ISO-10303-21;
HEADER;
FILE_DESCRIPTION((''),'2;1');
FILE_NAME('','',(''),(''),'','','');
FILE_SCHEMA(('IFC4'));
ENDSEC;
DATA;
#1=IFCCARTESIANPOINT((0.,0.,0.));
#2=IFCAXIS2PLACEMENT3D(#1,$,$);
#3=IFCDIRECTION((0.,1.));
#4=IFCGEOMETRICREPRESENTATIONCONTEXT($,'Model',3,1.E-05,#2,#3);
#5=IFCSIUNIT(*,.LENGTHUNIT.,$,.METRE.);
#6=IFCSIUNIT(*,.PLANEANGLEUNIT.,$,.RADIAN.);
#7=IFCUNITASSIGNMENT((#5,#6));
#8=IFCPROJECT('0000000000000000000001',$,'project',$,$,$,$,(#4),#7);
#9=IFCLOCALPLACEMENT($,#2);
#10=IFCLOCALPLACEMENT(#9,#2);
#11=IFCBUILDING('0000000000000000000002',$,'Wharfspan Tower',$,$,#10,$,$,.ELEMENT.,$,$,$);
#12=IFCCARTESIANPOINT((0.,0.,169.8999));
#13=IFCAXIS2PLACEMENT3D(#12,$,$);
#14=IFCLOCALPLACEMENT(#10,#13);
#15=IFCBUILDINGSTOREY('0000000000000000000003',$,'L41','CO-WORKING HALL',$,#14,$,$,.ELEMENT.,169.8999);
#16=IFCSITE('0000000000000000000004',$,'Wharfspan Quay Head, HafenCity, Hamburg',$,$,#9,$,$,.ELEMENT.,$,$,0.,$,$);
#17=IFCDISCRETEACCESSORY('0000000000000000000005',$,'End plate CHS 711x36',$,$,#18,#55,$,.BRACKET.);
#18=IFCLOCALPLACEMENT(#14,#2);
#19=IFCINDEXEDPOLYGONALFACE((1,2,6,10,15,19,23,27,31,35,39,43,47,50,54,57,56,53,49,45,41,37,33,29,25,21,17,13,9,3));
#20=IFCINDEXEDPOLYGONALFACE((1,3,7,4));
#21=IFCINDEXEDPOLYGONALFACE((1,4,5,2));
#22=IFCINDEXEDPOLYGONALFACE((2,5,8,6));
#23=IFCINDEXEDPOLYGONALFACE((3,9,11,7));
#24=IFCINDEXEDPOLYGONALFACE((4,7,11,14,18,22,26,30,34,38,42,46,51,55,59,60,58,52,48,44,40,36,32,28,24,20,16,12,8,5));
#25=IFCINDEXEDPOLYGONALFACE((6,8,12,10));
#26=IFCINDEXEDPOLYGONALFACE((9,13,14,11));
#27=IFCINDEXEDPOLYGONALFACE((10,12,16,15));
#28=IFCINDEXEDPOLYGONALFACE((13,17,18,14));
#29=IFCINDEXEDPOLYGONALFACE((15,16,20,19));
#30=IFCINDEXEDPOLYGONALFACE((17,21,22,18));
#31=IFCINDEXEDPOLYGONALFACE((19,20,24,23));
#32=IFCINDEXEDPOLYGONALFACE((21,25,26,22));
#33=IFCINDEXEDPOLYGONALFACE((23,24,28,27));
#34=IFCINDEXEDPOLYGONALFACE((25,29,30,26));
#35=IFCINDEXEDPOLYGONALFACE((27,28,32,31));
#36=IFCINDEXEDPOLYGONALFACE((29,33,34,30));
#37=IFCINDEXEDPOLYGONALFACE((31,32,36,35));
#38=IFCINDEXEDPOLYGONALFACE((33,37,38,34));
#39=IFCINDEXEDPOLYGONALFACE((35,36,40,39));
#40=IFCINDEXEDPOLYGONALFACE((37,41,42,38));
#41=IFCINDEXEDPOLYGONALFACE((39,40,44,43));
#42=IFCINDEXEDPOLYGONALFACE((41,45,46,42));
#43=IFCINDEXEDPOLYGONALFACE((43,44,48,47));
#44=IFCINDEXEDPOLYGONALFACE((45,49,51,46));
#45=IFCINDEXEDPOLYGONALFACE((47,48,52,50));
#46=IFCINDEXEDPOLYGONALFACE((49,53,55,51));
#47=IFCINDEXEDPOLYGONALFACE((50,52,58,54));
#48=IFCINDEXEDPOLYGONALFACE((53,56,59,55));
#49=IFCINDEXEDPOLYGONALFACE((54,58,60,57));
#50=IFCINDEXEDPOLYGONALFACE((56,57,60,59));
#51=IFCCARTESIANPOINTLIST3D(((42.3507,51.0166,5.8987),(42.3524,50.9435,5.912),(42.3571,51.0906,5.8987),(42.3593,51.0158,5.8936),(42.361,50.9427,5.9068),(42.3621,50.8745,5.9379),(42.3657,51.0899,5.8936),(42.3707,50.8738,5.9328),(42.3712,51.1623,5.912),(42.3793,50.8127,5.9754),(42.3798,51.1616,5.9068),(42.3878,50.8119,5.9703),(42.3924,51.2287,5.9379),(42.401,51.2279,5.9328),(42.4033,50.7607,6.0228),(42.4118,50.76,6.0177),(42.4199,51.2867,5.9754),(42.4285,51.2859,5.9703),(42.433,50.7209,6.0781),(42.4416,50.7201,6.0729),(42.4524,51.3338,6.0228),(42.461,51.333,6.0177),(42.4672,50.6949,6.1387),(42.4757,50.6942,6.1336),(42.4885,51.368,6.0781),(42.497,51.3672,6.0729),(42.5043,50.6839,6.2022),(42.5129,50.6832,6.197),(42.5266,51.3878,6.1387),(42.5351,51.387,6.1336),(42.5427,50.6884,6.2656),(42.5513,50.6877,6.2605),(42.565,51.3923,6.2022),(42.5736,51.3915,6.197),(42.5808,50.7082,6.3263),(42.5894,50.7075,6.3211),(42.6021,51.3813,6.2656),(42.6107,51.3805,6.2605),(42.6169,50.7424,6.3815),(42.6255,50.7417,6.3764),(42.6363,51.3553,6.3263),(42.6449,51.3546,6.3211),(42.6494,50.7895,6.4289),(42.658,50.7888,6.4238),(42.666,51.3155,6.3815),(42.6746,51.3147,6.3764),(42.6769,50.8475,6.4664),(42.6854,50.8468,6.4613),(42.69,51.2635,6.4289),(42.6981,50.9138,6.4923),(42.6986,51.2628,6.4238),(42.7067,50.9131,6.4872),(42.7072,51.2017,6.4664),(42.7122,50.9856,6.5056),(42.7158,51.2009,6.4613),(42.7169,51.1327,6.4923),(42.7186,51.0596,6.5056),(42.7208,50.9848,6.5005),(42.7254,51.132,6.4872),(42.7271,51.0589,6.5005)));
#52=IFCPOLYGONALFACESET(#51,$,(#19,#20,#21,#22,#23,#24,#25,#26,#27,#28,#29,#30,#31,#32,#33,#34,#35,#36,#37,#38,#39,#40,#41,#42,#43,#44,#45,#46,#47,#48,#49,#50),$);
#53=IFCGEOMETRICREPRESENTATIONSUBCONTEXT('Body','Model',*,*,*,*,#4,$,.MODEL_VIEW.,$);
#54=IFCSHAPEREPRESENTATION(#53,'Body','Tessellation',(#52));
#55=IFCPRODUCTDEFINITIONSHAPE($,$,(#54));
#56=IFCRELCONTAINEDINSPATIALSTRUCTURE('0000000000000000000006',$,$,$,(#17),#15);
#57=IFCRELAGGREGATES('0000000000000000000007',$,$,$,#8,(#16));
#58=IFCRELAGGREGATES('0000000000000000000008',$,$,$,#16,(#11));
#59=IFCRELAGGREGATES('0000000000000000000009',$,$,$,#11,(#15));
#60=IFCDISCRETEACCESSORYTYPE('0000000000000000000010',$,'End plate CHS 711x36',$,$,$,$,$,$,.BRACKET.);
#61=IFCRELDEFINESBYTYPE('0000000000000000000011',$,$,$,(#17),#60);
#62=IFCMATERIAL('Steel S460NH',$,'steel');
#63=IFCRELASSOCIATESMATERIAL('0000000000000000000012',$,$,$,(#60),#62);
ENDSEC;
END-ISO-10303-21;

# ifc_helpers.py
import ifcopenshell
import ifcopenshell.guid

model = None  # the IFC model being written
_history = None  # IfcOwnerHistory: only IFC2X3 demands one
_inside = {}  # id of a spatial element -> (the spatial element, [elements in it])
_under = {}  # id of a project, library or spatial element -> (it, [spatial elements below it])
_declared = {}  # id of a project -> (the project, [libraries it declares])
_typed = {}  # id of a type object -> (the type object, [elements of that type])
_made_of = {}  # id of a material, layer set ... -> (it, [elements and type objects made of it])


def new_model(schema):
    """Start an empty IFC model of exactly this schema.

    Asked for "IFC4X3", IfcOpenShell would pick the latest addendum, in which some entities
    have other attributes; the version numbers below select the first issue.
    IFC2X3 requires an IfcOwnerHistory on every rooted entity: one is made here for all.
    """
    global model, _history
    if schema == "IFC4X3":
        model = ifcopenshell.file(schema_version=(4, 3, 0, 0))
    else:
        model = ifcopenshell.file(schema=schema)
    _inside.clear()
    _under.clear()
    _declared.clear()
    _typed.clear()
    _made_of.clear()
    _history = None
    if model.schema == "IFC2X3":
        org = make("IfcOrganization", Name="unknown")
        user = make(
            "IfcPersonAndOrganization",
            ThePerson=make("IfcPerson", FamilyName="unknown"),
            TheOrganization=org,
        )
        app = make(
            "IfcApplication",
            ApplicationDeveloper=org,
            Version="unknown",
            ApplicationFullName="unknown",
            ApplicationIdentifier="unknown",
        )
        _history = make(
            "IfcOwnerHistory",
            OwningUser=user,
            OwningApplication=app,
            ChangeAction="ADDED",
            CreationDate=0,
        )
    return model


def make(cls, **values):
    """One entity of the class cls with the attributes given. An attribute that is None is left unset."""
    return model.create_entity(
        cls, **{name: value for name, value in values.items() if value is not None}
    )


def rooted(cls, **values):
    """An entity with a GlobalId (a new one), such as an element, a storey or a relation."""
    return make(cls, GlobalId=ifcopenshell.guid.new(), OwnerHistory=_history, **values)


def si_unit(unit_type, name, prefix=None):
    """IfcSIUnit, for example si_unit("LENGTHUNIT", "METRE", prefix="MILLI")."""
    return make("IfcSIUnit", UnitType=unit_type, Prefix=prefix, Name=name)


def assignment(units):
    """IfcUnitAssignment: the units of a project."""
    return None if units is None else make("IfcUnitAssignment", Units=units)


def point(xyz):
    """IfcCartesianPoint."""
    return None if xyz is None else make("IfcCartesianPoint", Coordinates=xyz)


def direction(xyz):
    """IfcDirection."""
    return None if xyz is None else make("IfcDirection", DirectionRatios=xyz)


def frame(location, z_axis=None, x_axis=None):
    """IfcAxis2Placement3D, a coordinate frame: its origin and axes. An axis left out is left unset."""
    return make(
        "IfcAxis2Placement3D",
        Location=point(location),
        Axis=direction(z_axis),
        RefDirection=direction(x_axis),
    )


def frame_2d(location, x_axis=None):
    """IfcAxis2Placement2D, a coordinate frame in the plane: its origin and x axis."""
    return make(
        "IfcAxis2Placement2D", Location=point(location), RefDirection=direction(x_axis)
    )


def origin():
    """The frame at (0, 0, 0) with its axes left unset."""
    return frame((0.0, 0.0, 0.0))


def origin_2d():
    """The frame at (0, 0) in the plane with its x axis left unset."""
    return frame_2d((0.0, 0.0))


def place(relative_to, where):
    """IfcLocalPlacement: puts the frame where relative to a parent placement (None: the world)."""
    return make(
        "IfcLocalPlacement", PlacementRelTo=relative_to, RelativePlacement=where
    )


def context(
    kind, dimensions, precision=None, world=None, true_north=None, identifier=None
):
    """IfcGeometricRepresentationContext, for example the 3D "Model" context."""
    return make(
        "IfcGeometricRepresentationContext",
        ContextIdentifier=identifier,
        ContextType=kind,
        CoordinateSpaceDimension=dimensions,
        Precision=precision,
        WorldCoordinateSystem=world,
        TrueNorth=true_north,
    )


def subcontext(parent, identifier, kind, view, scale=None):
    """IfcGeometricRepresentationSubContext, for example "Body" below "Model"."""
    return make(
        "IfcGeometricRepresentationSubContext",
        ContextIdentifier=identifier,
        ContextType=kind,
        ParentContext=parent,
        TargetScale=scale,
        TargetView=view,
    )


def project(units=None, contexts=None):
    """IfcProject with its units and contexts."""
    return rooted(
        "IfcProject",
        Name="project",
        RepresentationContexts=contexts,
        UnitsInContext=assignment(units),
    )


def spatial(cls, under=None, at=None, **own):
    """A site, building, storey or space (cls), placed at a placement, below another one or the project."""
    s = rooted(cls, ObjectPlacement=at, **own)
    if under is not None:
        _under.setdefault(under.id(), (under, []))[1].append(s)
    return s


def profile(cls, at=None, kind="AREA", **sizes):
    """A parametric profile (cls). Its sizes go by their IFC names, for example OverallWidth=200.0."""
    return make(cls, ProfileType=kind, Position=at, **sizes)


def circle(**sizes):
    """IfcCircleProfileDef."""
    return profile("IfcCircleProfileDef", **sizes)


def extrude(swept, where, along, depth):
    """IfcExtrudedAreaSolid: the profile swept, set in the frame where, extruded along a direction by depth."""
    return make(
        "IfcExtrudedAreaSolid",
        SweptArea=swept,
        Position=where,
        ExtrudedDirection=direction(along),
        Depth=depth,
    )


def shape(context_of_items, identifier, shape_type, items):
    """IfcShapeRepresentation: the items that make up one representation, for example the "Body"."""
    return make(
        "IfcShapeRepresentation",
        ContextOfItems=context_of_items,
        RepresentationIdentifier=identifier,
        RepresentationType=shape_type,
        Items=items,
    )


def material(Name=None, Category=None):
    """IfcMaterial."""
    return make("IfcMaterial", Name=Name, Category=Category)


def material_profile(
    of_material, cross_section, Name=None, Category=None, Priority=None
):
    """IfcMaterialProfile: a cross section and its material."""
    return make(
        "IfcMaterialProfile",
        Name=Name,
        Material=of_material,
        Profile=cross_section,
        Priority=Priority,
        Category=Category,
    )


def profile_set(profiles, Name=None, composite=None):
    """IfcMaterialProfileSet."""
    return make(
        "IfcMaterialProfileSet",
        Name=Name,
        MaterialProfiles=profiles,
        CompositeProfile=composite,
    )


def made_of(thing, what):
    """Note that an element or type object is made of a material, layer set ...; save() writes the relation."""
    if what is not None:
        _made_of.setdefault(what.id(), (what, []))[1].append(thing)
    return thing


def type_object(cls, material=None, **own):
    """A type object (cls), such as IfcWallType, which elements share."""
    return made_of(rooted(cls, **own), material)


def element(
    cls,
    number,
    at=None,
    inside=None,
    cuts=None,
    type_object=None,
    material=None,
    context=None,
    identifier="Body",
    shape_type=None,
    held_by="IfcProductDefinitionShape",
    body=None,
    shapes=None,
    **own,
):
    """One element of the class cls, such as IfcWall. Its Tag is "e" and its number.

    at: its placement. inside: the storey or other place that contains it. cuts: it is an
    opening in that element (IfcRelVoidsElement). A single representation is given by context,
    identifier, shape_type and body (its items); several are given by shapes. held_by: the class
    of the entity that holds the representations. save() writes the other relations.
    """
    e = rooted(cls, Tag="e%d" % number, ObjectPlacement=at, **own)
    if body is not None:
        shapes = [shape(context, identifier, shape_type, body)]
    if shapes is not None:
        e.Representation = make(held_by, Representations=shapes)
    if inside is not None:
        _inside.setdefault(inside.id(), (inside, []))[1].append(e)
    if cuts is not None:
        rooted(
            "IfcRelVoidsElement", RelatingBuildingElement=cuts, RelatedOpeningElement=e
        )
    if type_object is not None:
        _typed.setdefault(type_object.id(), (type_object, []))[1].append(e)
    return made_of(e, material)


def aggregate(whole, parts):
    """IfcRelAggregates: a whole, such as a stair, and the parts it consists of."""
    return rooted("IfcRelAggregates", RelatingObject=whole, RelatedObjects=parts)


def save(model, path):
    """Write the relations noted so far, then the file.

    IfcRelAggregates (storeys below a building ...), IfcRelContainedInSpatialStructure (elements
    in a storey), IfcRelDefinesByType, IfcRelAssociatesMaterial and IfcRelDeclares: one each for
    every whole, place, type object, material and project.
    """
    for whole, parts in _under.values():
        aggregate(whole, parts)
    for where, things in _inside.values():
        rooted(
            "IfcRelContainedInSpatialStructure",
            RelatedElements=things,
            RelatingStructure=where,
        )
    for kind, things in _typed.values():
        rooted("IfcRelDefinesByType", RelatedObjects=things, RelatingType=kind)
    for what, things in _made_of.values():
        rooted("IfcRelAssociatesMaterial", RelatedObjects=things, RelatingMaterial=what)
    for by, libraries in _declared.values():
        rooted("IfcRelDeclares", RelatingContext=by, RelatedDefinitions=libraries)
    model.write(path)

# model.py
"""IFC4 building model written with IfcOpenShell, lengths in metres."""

from ifc_helpers import new_model, si_unit, direction, frame, origin, origin_2d, place, context, subcontext, project, spatial, circle, extrude, material, material_profile, profile_set, type_object, element, save


model = new_model("IFC4")

# Units and contexts
model_context = context("Model", 3, precision=1e-05, world=origin(), true_north=direction((0.0, 1.0)))
body_context = subcontext(model_context, "Body", "Model", "MODEL_VIEW")
ifc_project = project(units=[si_unit("LENGTHUNIT", "METRE"), si_unit("PLANEANGLEUNIT", "RADIAN")], contexts=[model_context])

# Site, building, storey
site_placement = place(None, origin())
site = spatial("IfcSite", under=ifc_project, at=site_placement, Name="Wharfspan Quay Head, HafenCity, Hamburg", CompositionType="ELEMENT", RefElevation=0.0)
building_placement = place(site_placement, origin())
building = spatial("IfcBuilding", under=site, at=building_placement, Name="Wharfspan Tower", CompositionType="ELEMENT")
storey_placement = place(building_placement, frame((0.0, 0.0, 169.8999)))
storey = spatial("IfcBuildingStorey", under=building, at=storey_placement, Name="L41", Description="CO-WORKING HALL", CompositionType="ELEMENT", Elevation=169.8999)

# Shared definitions
ifc_material_1 = material(Name="Steel S460NH", Category="steel")

# Discrete accessory
ifc_material_profile_1 = material_profile(ifc_material_1, circle(Radius=0.3555, at=origin_2d()))
ifc_profile_set_1 = profile_set([ifc_material_profile_1], Name="Steel S460NH")
discrete_accessory_type = type_object("IfcDiscreteAccessoryType", Name="End plate CHS 711x36", PredefinedType="BRACKET", material=ifc_profile_set_1)
for number, where, z_axis, x_axis, name in (
    (1, (42.5432, 51.0374, 6.197), (-0.855186, 0.073302, 0.513112), (-0.085402, -0.996345, -0.000001), "End plate CHS 711x36"),
):
    element("IfcDiscreteAccessory", number, at=place(storey_placement, frame(where, z_axis=z_axis, x_axis=x_axis)), inside=storey, type_object=discrete_accessory_type, Name=name, PredefinedType="BRACKET", context=body_context, shape_type="SweptSolid", body=[
        extrude(circle(Radius=0.3555, at=origin_2d()), origin(), (0.0, 0.0, 1.0), 0.01),
    ])

save(model, "model.ifc")
